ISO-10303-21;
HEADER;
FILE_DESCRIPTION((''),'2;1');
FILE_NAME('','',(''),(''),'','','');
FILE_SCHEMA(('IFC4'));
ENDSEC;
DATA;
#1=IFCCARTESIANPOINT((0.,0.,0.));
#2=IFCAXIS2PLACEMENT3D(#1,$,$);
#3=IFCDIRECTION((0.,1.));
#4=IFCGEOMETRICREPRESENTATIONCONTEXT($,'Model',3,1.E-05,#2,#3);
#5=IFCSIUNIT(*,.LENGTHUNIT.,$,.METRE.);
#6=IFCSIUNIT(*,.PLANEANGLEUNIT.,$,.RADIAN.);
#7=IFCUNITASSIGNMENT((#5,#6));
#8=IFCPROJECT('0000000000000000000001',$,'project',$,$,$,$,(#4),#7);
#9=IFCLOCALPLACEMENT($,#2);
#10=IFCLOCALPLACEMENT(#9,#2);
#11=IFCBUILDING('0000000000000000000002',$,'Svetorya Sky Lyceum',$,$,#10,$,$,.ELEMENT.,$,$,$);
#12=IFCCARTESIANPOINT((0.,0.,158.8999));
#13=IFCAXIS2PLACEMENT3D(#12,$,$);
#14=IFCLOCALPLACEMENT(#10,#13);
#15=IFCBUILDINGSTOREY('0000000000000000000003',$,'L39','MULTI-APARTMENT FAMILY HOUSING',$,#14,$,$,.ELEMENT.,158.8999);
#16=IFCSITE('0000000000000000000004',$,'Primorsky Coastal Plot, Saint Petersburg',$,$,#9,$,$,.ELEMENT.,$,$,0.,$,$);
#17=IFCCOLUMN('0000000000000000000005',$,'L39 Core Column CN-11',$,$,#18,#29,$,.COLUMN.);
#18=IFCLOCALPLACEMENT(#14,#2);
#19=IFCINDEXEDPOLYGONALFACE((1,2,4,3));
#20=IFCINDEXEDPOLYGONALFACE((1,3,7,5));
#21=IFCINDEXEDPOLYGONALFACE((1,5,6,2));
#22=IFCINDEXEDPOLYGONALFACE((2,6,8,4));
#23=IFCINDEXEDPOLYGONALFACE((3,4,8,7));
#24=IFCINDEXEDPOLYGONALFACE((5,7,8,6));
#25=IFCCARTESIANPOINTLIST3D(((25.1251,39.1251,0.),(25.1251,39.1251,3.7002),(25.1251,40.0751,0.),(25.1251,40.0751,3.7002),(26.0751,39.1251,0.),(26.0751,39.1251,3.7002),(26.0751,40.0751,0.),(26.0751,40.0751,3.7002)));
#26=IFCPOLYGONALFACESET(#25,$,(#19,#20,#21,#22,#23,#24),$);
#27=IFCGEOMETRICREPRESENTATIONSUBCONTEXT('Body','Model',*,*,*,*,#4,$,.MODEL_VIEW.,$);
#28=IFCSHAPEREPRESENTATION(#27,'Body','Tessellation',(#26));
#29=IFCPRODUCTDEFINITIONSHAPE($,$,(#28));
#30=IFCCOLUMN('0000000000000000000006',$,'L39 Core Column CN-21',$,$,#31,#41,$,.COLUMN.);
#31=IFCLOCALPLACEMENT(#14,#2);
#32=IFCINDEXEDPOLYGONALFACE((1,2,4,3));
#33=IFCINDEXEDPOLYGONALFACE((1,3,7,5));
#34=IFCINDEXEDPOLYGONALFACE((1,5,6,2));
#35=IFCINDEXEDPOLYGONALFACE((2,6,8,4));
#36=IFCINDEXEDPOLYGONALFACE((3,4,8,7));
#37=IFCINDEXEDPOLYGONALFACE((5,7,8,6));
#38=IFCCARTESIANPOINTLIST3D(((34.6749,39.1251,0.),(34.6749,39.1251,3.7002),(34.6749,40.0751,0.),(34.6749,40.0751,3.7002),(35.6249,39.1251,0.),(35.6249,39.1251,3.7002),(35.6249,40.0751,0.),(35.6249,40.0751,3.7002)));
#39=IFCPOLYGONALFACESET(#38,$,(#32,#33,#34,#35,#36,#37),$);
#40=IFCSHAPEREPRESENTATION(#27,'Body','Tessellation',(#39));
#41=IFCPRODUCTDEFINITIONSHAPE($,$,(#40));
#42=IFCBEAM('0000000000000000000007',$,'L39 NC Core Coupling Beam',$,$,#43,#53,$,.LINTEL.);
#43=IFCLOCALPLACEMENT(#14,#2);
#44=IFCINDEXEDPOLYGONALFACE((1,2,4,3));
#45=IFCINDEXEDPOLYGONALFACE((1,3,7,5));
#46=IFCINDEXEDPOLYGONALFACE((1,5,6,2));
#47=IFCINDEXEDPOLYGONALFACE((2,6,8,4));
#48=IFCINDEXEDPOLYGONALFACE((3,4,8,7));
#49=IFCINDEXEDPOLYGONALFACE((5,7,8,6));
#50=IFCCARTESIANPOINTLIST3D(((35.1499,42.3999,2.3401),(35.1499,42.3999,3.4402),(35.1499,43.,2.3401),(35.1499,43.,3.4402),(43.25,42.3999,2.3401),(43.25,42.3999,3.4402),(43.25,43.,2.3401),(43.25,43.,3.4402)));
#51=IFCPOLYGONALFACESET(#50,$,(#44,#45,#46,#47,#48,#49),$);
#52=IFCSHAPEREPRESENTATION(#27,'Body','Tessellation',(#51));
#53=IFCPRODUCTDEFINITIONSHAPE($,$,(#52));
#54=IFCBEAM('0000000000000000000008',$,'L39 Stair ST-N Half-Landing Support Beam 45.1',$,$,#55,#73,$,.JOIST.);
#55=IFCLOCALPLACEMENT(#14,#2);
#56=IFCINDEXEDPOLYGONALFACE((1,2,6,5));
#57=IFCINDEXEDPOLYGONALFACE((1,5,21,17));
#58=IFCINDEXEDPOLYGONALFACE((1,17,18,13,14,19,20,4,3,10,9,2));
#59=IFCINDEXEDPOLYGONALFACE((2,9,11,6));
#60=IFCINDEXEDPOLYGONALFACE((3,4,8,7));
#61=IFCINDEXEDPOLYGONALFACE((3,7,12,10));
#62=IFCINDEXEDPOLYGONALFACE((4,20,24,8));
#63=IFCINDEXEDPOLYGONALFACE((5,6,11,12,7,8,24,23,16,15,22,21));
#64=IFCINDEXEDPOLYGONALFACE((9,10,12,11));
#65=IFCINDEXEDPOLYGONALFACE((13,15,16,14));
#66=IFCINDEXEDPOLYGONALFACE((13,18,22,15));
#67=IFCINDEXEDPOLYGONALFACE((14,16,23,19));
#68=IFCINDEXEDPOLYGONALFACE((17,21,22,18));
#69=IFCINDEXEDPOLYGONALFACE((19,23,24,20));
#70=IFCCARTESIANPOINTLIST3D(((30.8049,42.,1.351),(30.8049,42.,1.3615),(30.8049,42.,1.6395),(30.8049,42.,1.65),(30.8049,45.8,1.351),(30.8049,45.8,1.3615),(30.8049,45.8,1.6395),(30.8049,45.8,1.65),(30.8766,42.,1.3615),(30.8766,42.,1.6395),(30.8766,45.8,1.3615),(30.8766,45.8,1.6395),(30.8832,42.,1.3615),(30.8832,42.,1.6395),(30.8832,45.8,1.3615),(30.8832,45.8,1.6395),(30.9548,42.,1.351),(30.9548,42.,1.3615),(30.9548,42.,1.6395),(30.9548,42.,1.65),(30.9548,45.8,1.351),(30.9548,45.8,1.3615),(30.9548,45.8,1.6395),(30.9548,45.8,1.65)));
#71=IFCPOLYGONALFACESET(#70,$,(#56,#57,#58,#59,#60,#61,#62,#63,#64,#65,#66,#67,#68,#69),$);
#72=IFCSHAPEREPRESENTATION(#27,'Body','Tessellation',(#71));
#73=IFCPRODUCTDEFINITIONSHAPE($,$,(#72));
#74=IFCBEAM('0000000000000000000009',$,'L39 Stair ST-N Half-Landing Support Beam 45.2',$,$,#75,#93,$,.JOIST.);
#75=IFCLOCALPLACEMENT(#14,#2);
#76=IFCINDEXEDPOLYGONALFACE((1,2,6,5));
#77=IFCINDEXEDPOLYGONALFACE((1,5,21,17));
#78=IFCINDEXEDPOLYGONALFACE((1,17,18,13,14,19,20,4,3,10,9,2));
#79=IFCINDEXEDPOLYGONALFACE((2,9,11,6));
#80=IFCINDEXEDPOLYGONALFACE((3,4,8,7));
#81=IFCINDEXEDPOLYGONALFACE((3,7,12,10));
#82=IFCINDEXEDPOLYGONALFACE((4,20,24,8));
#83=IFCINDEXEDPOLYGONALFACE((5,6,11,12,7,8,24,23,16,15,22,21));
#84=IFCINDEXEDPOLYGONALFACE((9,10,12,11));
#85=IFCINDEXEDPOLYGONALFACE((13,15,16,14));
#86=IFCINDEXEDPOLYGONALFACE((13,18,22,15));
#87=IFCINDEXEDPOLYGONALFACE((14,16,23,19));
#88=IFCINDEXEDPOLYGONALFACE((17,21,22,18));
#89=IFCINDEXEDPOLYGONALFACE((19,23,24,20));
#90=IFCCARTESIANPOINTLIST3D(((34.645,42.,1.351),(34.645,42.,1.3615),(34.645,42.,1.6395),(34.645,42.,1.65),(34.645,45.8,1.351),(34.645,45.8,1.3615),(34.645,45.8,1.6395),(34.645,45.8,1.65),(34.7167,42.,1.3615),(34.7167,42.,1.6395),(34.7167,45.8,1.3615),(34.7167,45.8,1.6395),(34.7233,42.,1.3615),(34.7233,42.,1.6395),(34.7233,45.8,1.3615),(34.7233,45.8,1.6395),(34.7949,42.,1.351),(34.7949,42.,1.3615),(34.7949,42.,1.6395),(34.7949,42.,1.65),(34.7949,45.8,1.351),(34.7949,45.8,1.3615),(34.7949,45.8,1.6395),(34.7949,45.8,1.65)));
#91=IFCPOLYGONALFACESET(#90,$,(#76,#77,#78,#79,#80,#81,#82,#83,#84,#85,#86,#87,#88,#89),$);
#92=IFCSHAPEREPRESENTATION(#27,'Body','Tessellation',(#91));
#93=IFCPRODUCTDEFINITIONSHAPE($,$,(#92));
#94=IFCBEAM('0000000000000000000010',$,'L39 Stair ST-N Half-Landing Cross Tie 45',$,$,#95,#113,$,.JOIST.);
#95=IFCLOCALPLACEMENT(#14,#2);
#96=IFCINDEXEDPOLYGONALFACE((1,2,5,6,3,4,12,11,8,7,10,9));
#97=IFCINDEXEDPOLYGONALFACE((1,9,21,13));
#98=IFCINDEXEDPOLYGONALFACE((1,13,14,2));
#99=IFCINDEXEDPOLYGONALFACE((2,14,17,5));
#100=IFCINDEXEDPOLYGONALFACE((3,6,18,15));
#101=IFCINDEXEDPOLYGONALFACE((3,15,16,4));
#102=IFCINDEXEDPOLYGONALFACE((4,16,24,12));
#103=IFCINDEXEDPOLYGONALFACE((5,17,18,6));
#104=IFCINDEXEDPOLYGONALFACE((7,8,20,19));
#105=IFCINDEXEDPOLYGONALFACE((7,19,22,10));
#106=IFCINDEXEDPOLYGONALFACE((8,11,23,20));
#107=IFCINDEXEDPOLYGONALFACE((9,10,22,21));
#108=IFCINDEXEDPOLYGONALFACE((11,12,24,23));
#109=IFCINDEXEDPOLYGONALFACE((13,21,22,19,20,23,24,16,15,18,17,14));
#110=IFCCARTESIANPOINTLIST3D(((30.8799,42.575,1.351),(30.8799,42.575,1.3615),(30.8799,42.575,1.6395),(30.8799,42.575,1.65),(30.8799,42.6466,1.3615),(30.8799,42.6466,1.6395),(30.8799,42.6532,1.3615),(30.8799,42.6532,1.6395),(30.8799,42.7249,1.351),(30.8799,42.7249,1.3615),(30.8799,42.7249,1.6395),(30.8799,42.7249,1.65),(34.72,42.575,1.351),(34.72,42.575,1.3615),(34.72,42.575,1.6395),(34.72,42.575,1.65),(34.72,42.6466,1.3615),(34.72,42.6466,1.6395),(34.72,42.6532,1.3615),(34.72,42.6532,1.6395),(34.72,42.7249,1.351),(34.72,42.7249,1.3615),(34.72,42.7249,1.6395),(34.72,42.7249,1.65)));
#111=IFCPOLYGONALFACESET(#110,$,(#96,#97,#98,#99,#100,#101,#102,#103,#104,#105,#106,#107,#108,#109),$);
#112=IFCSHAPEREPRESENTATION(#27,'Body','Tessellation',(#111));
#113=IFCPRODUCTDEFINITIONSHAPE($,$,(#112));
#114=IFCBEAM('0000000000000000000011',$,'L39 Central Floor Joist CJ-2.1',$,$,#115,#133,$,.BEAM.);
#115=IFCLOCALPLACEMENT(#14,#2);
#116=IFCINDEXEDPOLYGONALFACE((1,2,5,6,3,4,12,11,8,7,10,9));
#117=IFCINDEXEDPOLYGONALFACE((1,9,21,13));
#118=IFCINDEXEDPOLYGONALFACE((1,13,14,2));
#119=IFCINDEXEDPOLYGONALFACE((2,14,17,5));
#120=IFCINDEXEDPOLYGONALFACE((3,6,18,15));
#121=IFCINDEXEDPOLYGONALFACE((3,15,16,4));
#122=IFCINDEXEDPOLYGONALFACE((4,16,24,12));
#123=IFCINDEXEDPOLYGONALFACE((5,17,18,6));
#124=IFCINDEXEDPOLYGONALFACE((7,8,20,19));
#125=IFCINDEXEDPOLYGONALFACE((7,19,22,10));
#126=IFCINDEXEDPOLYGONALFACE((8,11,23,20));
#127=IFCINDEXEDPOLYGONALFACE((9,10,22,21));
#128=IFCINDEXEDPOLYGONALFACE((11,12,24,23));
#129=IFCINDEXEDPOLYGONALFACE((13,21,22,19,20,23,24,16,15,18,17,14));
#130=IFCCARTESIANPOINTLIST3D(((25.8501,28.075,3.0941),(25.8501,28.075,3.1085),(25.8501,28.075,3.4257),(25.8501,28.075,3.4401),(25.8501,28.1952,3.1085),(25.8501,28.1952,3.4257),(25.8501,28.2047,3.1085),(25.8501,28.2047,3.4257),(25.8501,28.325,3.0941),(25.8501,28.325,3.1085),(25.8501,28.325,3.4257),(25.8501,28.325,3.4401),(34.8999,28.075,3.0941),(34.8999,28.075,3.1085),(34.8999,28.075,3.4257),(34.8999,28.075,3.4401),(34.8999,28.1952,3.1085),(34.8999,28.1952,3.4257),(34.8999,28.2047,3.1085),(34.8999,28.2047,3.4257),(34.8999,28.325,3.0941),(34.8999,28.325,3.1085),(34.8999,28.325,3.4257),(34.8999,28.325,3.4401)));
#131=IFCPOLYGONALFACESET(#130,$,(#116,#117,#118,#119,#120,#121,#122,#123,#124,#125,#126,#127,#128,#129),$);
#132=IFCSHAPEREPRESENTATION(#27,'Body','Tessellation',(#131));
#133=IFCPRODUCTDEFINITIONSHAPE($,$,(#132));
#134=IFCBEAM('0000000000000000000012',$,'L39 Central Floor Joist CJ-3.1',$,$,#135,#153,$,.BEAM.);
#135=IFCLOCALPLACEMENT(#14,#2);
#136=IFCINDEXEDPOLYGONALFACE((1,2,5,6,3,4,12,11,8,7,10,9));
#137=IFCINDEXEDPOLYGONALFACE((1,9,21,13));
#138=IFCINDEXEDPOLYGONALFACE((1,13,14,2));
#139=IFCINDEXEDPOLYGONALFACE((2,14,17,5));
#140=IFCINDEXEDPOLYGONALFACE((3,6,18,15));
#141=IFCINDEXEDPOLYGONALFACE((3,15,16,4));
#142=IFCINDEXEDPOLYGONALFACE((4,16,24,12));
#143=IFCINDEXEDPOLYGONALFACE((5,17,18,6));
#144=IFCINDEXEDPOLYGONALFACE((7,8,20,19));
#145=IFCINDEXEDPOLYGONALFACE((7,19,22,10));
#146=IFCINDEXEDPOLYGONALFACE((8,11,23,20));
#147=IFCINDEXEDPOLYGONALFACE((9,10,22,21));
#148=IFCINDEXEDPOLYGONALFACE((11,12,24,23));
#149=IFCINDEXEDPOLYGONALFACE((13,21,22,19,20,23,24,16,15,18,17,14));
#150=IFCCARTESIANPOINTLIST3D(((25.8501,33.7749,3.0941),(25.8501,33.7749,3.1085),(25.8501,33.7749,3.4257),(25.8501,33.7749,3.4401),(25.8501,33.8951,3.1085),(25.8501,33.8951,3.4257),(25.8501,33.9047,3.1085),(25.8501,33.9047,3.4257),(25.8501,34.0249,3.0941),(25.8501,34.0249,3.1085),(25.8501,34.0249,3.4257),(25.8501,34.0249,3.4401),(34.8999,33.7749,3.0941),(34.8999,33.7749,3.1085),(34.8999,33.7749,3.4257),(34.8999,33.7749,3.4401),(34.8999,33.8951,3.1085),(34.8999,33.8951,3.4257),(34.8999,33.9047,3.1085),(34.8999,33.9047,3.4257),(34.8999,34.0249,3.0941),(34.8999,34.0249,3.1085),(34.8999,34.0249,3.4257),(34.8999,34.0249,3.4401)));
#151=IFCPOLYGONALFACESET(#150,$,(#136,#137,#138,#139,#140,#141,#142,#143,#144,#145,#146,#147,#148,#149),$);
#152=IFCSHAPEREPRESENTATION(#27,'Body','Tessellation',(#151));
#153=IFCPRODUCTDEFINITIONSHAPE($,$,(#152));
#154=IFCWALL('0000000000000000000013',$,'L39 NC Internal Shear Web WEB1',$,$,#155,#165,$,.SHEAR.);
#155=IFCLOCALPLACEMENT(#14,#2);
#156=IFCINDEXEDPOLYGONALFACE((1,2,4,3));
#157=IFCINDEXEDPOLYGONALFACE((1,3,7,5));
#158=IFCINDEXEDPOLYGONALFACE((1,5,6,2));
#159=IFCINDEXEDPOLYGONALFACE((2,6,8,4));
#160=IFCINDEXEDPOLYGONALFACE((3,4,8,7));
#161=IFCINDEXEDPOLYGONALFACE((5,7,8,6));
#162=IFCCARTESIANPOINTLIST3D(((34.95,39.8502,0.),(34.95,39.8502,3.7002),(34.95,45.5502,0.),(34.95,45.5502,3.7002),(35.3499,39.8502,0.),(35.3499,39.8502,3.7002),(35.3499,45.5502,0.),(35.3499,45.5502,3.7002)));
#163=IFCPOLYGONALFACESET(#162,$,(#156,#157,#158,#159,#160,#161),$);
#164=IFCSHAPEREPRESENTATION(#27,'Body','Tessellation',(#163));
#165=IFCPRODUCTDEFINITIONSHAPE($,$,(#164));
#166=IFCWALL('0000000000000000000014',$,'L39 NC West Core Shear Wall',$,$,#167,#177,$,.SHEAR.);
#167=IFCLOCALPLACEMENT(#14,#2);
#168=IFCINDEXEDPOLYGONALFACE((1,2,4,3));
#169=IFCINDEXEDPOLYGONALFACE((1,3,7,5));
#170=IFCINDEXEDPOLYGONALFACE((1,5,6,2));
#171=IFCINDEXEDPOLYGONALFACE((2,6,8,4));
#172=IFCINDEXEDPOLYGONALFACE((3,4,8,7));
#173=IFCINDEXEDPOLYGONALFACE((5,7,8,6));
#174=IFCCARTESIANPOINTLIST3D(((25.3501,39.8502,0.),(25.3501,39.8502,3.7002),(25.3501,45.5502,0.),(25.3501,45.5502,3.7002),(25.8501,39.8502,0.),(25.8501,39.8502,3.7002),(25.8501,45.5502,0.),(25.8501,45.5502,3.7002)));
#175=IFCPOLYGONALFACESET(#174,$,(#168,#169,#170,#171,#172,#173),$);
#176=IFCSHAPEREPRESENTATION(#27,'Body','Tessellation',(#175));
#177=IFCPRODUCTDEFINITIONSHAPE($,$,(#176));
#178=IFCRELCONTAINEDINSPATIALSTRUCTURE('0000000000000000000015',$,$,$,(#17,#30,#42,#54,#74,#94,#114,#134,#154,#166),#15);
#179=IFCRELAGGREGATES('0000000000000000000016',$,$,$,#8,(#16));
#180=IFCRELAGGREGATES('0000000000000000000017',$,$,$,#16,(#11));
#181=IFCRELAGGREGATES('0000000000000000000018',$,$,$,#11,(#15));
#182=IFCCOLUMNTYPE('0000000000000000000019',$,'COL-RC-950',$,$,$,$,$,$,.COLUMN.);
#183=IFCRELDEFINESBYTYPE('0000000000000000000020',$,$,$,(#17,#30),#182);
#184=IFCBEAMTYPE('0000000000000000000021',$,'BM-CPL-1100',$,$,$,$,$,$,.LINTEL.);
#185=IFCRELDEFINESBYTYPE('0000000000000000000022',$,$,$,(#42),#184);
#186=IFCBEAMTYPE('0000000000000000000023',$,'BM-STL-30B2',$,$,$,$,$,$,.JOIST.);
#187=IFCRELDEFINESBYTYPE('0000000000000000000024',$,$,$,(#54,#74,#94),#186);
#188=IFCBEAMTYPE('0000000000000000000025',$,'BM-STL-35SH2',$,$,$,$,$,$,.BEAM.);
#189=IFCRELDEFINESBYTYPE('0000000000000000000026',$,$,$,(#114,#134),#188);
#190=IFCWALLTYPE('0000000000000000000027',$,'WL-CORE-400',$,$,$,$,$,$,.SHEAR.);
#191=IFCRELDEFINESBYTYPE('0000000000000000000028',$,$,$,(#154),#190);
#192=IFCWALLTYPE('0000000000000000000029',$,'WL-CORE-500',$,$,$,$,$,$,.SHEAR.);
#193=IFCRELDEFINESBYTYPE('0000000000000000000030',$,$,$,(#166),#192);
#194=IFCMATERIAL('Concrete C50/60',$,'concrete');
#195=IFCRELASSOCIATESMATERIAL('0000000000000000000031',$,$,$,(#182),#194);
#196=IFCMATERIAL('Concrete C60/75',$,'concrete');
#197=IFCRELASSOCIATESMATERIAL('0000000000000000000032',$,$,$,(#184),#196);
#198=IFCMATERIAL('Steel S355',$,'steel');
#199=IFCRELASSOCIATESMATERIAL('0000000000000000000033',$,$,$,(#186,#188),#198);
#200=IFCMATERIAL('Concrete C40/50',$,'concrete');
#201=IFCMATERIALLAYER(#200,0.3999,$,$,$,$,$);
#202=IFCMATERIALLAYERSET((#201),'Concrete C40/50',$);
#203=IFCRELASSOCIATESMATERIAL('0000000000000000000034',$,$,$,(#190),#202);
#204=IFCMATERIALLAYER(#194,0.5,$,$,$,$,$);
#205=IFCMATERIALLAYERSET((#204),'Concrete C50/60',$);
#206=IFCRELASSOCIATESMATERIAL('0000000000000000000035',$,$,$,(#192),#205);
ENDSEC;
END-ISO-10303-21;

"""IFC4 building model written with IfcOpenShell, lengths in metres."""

from ifc_helpers import new_model, si_unit, direction, frame, frame_2d, origin, origin_2d, place, context, subcontext, project, spatial, rectangle, i_section, extrude, material, layer, layer_set, material_profile, profile_set, type_object, element, save


model = new_model("IFC4")

# Units and contexts
model_context = context("Model", 3, precision=1e-05, world=origin(), true_north=direction((0.0, 1.0)))
body_context = subcontext(model_context, "Body", "Model", "MODEL_VIEW")
ifc_project = project(units=[si_unit("LENGTHUNIT", "METRE"), si_unit("PLANEANGLEUNIT", "RADIAN")], contexts=[model_context])

# Site, building, storey
site_placement = place(None, origin())
site = spatial("IfcSite", under=ifc_project, at=site_placement, Name="Primorsky Coastal Plot, Saint Petersburg", CompositionType="ELEMENT", RefElevation=0.0)
building_placement = place(site_placement, origin())
building = spatial("IfcBuilding", under=site, at=building_placement, Name="Svetorya Sky Lyceum", CompositionType="ELEMENT")
storey_placement = place(building_placement, frame((0.0, 0.0, 158.8999)))
storey = spatial("IfcBuildingStorey", under=building, at=storey_placement, Name="L39", Description="MULTI-APARTMENT FAMILY HOUSING", CompositionType="ELEMENT", Elevation=158.8999)

# Columns
ifc_material_1 = material(Name="Concrete C50/60", Category="concrete")
ifc_material_profile_1 = material_profile(ifc_material_1, rectangle(XDim=0.95, YDim=0.95, at=origin_2d()), Name="RC COL 950x950")
ifc_profile_set_1 = profile_set([ifc_material_profile_1], Name="Concrete C50/60")
column_type = type_object("IfcColumnType", Name="COL-RC-950", PredefinedType="COLUMN", material=ifc_profile_set_1)
for number, where, z_axis, x_axis, name in (
    (1, (25.6001, 39.6001, 0.0), (0.0, 0.0, 1.0), (1.0, 0.0, 0.0), "L39 Core Column CN-11"),
    (2, (35.1499, 39.6001, 0.0), (0.0, 0.0, 1.0), (1.0, 0.0, 0.0), "L39 Core Column CN-21"),
):
    element("IfcColumn", number, at=place(storey_placement, frame(where, z_axis=z_axis, x_axis=x_axis)), inside=storey, type_object=column_type, Name=name, PredefinedType="COLUMN", context=body_context, shape_type="SweptSolid", body=[
        extrude(rectangle(XDim=0.95, YDim=0.95, at=origin_2d()), origin(), (0.0, 0.0, 1.0), 3.7002),
    ])

# Beams
ifc_material_2 = material(Name="Concrete C60/75", Category="concrete")
ifc_material_profile_2 = material_profile(ifc_material_2, rectangle(XDim=0.6001, YDim=1.1001, at=origin_2d()), Name="RC COUPLING 600x1100")
ifc_profile_set_2 = profile_set([ifc_material_profile_2], Name="Concrete C60/75")
beam_type_1 = type_object("IfcBeamType", Name="BM-CPL-1100", PredefinedType="LINTEL", material=ifc_profile_set_2)
beam_1_placement = place(storey_placement, frame((35.1499, 42.7, 2.8901), z_axis=(1.0, 0.0, 0.0), x_axis=(0.0, 1.0, 0.0)))
element("IfcBeam", 3, at=beam_1_placement, inside=storey, type_object=beam_type_1, Name="L39 NC Core Coupling Beam", PredefinedType="LINTEL", context=body_context, shape_type="SweptSolid", body=[
    extrude(rectangle(XDim=0.6001, YDim=1.1001, at=origin_2d()), origin(), (0.0, 0.0, 1.0), 8.1001),
])
ifc_material_3 = material(Name="Steel S355", Category="steel")
ifc_material_profile_3 = material_profile(ifc_material_3, i_section(OverallWidth=0.1499, OverallDepth=0.2991, WebThickness=0.0066, FlangeThickness=0.0105, at=origin_2d()), Name="GOST 30B2")
ifc_profile_set_3 = profile_set([ifc_material_profile_3], Name="Steel S355")
beam_type_2 = type_object("IfcBeamType", Name="BM-STL-30B2", PredefinedType="JOIST", material=ifc_profile_set_3)
for number, where, z_axis, x_axis, name in (
    (4, (30.8799, 42.0, 1.5005), (0.0, 1.0, 0.0), (-1.0, 0.0, 0.0), "L39 Stair ST-N Half-Landing Support Beam 45.1"),
    (5, (34.72, 42.0, 1.5005), (0.0, 1.0, 0.0), (-1.0, 0.0, 0.0), "L39 Stair ST-N Half-Landing Support Beam 45.2"),
):
    element("IfcBeam", number, at=place(storey_placement, frame(where, z_axis=z_axis, x_axis=x_axis)), inside=storey, type_object=beam_type_2, Name=name, PredefinedType="JOIST", context=body_context, shape_type="SweptSolid", body=[
        extrude(i_section(OverallWidth=0.1499, OverallDepth=0.2991, WebThickness=0.0066, FlangeThickness=0.0105, at=origin_2d()), origin(), (0.0, 0.0, 1.0), 3.8),
    ])
beam_2_placement = place(storey_placement, frame((30.8799, 42.6499, 1.5005), z_axis=(1.0, 0.0, 0.0), x_axis=(0.0, 1.0, 0.0)))
element("IfcBeam", 6, at=beam_2_placement, inside=storey, type_object=beam_type_2, Name="L39 Stair ST-N Half-Landing Cross Tie 45", PredefinedType="JOIST", context=body_context, shape_type="SweptSolid", body=[
    extrude(i_section(OverallWidth=0.1499, OverallDepth=0.2991, WebThickness=0.0066, FlangeThickness=0.0105, at=origin_2d()), origin(), (0.0, 0.0, 1.0), 3.8401),
])
ifc_material_profile_4 = material_profile(ifc_material_3, i_section(OverallWidth=0.25, OverallDepth=0.3459, WebThickness=0.0095, FlangeThickness=0.0144, at=origin_2d()), Name="GOST 35Sh2")
ifc_profile_set_4 = profile_set([ifc_material_profile_4], Name="Steel S355")
beam_type_3 = type_object("IfcBeamType", Name="BM-STL-35SH2", PredefinedType="BEAM", material=ifc_profile_set_4)
for number, where, z_axis, x_axis, name in (
    (7, (25.8501, 28.2, 3.2671), (1.0, 0.0, 0.0), (0.0, 1.0, 0.0), "L39 Central Floor Joist CJ-2.1"),
    (8, (25.8501, 33.8999, 3.2671), (1.0, 0.0, 0.0), (0.0, 1.0, 0.0), "L39 Central Floor Joist CJ-3.1"),
):
    element("IfcBeam", number, at=place(storey_placement, frame(where, z_axis=z_axis, x_axis=x_axis)), inside=storey, type_object=beam_type_3, Name=name, PredefinedType="BEAM", context=body_context, shape_type="SweptSolid", body=[
        extrude(i_section(OverallWidth=0.25, OverallDepth=0.3459, WebThickness=0.0095, FlangeThickness=0.0144, at=origin_2d()), origin(), (0.0, 0.0, 1.0), 9.0498),
    ])

# Walls
ifc_material_4 = material(Name="Concrete C40/50", Category="concrete")
ifc_layer_1 = layer(ifc_material_4, 0.3999)
ifc_layer_set_1 = layer_set([ifc_layer_1], Name="Concrete C40/50")
wall_type_1 = type_object("IfcWallType", Name="WL-CORE-400", PredefinedType="SHEAR", material=ifc_layer_set_1)
wall_1_placement = place(storey_placement, frame((35.1499, 39.8501, 0.0), z_axis=(0.0, 0.0, 1.0), x_axis=(0.0, 1.0, 0.0)))
element("IfcWall", 9, at=wall_1_placement, inside=storey, type_object=wall_type_1, Name="L39 NC Internal Shear Web WEB1", PredefinedType="SHEAR", context=body_context, shape_type="SweptSolid", body=[
    extrude(rectangle(XDim=5.7, YDim=0.3999, at=frame_2d((2.8501, 0.0))), origin(), (0.0, 0.0, 1.0), 3.7002),
])
ifc_layer_2 = layer(ifc_material_1, 0.5)
ifc_layer_set_2 = layer_set([ifc_layer_2], Name="Concrete C50/60")
wall_type_2 = type_object("IfcWallType", Name="WL-CORE-500", PredefinedType="SHEAR", material=ifc_layer_set_2)
wall_2_placement = place(storey_placement, frame((25.6001, 39.8501, 0.0), z_axis=(0.0, 0.0, 1.0), x_axis=(0.0, 1.0, 0.0)))
element("IfcWall", 10, at=wall_2_placement, inside=storey, type_object=wall_type_2, Name="L39 NC West Core Shear Wall", PredefinedType="SHEAR", context=body_context, shape_type="SweptSolid", body=[
    extrude(rectangle(XDim=5.7, YDim=0.5, at=frame_2d((2.8501, 0.0))), origin(), (0.0, 0.0, 1.0), 3.7002),
])

save(model, "model.ifc")
